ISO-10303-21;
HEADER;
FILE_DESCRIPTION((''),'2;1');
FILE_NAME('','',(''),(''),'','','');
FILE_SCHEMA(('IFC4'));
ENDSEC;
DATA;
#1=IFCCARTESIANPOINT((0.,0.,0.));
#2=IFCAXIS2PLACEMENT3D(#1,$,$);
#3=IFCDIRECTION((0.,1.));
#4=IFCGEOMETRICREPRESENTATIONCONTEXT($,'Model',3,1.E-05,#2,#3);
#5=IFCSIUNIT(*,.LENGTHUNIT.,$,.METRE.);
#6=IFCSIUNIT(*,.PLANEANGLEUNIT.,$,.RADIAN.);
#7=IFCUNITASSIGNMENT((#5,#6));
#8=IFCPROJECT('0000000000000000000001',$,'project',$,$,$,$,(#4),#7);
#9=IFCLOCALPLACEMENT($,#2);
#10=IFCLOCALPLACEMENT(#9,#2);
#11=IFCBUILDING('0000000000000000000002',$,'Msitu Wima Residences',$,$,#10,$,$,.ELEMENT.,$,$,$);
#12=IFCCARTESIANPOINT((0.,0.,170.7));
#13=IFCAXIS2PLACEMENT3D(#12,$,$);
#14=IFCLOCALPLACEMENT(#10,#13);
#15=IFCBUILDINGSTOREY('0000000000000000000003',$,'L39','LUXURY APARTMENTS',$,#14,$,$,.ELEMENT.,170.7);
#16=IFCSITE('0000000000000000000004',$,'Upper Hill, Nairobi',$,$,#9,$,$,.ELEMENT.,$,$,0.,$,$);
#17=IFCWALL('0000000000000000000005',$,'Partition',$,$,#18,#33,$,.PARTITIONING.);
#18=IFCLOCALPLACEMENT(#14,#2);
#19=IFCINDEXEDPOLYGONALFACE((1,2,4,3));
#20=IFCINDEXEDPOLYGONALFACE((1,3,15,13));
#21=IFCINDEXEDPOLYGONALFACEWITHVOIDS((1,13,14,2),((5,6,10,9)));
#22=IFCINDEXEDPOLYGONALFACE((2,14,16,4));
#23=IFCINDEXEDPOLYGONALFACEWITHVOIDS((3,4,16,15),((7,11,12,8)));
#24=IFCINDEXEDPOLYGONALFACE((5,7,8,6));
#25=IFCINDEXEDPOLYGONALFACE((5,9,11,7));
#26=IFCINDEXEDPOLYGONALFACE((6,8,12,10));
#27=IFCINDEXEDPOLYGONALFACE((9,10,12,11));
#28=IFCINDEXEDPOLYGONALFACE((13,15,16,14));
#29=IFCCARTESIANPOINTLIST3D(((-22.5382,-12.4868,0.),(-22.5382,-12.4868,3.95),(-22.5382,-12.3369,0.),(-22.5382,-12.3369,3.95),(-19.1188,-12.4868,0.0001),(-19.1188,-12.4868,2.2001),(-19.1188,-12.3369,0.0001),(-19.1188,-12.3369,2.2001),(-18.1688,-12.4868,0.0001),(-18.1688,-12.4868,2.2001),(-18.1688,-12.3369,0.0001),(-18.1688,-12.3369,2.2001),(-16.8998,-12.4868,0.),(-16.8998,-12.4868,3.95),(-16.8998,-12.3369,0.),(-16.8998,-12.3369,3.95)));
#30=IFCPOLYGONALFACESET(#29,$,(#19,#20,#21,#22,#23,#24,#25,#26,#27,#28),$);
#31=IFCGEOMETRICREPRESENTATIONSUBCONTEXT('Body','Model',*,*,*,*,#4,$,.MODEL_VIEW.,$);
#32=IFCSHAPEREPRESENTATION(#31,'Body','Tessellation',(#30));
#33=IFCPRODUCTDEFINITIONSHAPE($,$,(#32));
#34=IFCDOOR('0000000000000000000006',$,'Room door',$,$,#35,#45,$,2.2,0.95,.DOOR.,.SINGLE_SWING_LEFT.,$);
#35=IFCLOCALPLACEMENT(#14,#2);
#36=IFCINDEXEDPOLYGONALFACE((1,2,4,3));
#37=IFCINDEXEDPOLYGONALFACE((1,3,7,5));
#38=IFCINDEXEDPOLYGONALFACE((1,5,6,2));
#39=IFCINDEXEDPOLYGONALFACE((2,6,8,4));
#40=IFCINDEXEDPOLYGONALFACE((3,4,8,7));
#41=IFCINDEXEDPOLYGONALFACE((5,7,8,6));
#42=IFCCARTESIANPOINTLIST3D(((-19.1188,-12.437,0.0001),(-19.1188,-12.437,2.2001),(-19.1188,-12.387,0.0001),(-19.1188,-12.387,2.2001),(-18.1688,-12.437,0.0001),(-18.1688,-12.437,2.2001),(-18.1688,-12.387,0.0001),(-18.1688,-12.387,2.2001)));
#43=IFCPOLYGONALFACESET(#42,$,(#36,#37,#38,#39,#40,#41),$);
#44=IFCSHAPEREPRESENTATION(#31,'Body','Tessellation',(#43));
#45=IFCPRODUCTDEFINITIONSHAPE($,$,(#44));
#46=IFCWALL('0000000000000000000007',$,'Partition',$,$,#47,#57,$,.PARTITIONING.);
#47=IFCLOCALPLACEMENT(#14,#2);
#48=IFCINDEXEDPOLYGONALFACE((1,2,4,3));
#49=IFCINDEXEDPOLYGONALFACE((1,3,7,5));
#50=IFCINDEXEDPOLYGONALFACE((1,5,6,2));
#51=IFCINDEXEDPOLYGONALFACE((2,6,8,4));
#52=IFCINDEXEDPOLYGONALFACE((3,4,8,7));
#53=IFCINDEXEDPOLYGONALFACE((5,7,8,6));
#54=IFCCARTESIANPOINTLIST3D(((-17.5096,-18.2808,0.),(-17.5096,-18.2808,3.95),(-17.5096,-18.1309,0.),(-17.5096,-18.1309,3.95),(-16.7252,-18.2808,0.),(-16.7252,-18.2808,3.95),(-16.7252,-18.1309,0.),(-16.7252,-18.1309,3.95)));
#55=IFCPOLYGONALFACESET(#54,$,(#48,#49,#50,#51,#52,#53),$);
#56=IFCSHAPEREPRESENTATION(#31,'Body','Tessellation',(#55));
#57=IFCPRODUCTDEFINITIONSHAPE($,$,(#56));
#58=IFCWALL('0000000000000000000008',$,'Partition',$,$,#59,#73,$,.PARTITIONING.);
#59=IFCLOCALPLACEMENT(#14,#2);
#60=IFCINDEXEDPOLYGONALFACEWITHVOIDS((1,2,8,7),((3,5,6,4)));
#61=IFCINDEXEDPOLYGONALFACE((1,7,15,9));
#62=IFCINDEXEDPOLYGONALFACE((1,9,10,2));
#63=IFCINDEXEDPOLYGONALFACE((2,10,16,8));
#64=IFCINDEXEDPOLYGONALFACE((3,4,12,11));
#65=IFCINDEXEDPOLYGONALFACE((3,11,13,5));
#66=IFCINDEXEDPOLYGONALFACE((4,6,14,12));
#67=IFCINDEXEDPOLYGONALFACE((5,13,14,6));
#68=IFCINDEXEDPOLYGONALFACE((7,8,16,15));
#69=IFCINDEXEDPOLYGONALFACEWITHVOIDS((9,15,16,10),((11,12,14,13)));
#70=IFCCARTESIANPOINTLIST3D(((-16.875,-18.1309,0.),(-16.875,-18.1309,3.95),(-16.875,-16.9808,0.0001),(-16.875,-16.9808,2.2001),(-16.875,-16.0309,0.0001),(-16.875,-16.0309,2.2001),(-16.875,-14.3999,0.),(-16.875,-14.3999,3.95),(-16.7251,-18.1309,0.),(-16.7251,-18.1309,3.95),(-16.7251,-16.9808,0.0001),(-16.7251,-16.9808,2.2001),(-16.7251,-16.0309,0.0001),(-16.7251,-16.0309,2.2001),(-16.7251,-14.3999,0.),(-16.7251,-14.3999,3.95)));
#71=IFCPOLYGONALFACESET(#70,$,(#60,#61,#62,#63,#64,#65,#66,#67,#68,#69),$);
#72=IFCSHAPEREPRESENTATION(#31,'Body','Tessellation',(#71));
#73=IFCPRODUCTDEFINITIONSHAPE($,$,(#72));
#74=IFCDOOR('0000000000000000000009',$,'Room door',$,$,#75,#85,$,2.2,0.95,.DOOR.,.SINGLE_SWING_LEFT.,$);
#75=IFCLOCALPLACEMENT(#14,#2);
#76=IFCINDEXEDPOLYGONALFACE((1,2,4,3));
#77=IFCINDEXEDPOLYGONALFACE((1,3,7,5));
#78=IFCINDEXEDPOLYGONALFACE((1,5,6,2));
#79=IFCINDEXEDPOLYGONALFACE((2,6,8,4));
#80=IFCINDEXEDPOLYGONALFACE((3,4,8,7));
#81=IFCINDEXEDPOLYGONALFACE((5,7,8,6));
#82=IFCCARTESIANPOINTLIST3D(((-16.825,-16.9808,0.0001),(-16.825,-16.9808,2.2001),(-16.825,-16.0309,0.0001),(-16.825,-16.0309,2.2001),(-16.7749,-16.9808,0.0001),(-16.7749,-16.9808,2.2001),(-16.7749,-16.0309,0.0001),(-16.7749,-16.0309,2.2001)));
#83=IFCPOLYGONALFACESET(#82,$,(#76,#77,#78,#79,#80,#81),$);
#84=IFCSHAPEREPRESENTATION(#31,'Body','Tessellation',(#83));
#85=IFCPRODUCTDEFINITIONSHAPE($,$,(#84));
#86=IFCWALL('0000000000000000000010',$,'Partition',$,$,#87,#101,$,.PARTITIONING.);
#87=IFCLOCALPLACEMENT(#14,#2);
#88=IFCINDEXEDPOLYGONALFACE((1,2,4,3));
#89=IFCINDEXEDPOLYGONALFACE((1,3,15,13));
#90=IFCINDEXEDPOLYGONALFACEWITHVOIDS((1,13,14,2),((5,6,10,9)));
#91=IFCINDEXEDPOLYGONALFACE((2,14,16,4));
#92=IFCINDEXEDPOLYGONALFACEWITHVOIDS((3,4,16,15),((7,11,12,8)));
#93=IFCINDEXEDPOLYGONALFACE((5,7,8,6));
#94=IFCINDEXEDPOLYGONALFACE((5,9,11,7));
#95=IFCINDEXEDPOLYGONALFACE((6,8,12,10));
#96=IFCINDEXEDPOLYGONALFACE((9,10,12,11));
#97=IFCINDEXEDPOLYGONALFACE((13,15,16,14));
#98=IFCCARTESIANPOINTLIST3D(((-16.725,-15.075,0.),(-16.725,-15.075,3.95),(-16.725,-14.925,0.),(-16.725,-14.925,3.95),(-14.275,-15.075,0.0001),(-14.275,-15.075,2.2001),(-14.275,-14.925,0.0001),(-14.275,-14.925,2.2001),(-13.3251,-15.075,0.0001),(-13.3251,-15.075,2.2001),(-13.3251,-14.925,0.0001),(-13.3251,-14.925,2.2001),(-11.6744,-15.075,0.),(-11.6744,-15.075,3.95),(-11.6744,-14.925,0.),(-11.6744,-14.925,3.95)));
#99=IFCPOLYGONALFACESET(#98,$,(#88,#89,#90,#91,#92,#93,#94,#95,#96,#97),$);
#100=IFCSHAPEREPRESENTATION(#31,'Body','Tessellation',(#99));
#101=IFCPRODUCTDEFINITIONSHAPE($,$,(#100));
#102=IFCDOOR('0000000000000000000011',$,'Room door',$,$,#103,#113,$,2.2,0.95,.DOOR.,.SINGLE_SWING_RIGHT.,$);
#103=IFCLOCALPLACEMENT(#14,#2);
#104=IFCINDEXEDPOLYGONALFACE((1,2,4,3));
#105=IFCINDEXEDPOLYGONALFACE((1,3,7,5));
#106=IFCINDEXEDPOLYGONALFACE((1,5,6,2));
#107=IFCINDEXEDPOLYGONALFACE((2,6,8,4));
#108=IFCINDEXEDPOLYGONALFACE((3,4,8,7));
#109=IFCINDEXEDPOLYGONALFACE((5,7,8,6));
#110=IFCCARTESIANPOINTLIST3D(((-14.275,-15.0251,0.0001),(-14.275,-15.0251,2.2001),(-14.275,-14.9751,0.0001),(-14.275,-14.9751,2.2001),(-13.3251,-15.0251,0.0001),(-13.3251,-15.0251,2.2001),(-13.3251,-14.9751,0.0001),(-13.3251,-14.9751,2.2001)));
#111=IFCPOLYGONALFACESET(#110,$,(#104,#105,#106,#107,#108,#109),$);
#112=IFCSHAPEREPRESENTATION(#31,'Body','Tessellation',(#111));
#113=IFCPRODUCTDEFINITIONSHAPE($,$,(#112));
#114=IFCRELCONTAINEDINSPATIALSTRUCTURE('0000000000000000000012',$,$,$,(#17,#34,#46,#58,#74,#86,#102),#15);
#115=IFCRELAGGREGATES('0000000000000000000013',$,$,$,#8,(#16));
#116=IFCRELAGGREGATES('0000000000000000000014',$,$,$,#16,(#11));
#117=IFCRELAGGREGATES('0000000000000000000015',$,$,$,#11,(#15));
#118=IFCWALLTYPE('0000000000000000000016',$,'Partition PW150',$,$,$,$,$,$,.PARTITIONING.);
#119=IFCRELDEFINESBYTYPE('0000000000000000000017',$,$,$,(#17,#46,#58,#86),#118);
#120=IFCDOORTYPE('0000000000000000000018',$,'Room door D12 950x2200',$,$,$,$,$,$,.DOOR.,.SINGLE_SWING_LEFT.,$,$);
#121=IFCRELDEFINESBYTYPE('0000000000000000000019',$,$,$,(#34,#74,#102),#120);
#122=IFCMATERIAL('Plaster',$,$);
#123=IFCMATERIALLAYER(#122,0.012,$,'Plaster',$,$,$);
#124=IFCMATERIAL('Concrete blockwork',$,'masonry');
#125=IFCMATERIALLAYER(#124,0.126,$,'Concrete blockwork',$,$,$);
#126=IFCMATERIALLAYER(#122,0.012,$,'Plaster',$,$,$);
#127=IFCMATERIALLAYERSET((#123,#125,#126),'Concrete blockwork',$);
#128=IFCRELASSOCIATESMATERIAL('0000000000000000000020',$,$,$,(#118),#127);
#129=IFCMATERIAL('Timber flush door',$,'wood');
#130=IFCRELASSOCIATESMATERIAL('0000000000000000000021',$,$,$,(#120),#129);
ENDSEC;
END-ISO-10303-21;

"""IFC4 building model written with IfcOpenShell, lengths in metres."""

from ifc_helpers import new_model, si_unit, direction, frame, frame_2d, origin, place, context, subcontext, project, spatial, rectangle, extrude, material, layer, layer_set, type_object, element, fill, save


model = new_model("IFC4")

# Units and contexts
model_context = context("Model", 3, precision=1e-05, world=origin(), true_north=direction((0.0, 1.0)))
body_context = subcontext(model_context, "Body", "Model", "MODEL_VIEW")
ifc_project = project(units=[si_unit("LENGTHUNIT", "METRE"), si_unit("PLANEANGLEUNIT", "RADIAN")], contexts=[model_context])

# Site, building, storey
site_placement = place(None, origin())
site = spatial("IfcSite", under=ifc_project, at=site_placement, Name="Upper Hill, Nairobi", CompositionType="ELEMENT", RefElevation=0.0)
building_placement = place(site_placement, origin())
building = spatial("IfcBuilding", under=site, at=building_placement, Name="Msitu Wima Residences", CompositionType="ELEMENT")
storey_placement = place(building_placement, frame((0.0, 0.0, 170.7)))
storey = spatial("IfcBuildingStorey", under=building, at=storey_placement, Name="L39", Description="LUXURY APARTMENTS", CompositionType="ELEMENT", Elevation=170.7)

# Shared definitions
ifc_material_1 = material(Name="Plaster")
ifc_material_2 = material(Name="Concrete blockwork", Category="masonry")

# Shared definitions
ifc_layer_1 = layer(ifc_material_1, 0.012, Name="Plaster")
ifc_layer_2 = layer(ifc_material_2, 0.126, Name="Concrete blockwork")
ifc_layer_3 = layer(ifc_material_1, 0.012, Name="Plaster")
ifc_layer_set_1 = layer_set([ifc_layer_1, ifc_layer_2, ifc_layer_3], Name="Concrete blockwork")
wall_type_1 = type_object("IfcWallType", Name="Partition PW150", PredefinedType="PARTITIONING", material=ifc_layer_set_1)

# Wall, opening, door
wall_1_placement = place(storey_placement, frame((-22.5383, -12.4119, 0.0), z_axis=(0.0, 0.0, 1.0), x_axis=(1.0, 0.0, 0.0)))
wall_1 = element("IfcWall", 1, at=wall_1_placement, inside=storey, type_object=wall_type_1, Name="Partition", PredefinedType="PARTITIONING", context=body_context, shape_type="SweptSolid", body=[
    extrude(rectangle(XDim=5.6384, YDim=0.1499, at=frame_2d((2.8193, 0.0))), origin(), (0.0, 0.0, 1.0), 3.95),
])
opening_1_placement = place(wall_1_placement, frame((3.4194, 0.0, 0.0)))
opening_1 = element("IfcOpeningElement", 2, at=opening_1_placement, cuts=wall_1, PredefinedType="OPENING", context=body_context, shape_type="SweptSolid", body=[
    extrude(rectangle(XDim=0.95, YDim=2.2, at=frame_2d((0.4751, 1.1001))), frame((0.0, 0.085, 0.0), z_axis=(0.0, -1.0, 0.0), x_axis=(1.0, 0.0, 0.0)), (0.0, 0.0, 1.0), 0.1699),
])
ifc_material_3 = material(Name="Timber flush door", Category="wood")
door_type_1 = type_object("IfcDoorType", Name="Room door D12 950x2200", OperationType="SINGLE_SWING_LEFT", PredefinedType="DOOR", material=ifc_material_3)
door_1_placement = place(opening_1_placement, origin())
door_1 = element("IfcDoor", 3, at=door_1_placement, inside=storey, type_object=door_type_1, Name="Room door", OperationType="SINGLE_SWING_LEFT", OverallHeight=2.2, OverallWidth=0.95, PredefinedType="DOOR", context=body_context, shape_type="SweptSolid", body=[
    extrude(rectangle(XDim=0.95, YDim=2.2, at=frame_2d((0.4751, 1.1001))), frame((0.0, 0.0249, 0.0), z_axis=(0.0, -1.0, 0.0), x_axis=(1.0, 0.0, 0.0)), (0.0, 0.0, 1.0), 0.05),
])
fill(opening_1, door_1)

# Wall
wall_2_placement = place(storey_placement, frame((-17.5095, -18.2058, 0.0), z_axis=(0.0, 0.0, 1.0), x_axis=(1.0, 0.0, 0.0)))
element("IfcWall", 4, at=wall_2_placement, inside=storey, type_object=wall_type_1, Name="Partition", PredefinedType="PARTITIONING", context=body_context, shape_type="SweptSolid", body=[
    extrude(rectangle(XDim=0.7844, YDim=0.1499, at=frame_2d((0.3921, 0.0))), origin(), (0.0, 0.0, 1.0), 3.95),
])

# Walls, openings, doors
wall_3_placement = place(storey_placement, frame((-16.8, -18.1309, 0.0), z_axis=(0.0, 0.0, 1.0), x_axis=(0.0, 1.0, 0.0)))
wall_3 = element("IfcWall", 5, at=wall_3_placement, inside=storey, type_object=wall_type_1, Name="Partition", PredefinedType="PARTITIONING", context=body_context, shape_type="SweptSolid", body=[
    extrude(rectangle(XDim=3.731, YDim=0.1499, at=frame_2d((1.8655, 0.0))), origin(), (0.0, 0.0, 1.0), 3.95),
])
opening_2_placement = place(wall_3_placement, frame((1.1499, 0.0, 0.0)))
opening_2 = element("IfcOpeningElement", 6, at=opening_2_placement, cuts=wall_3, PredefinedType="OPENING", context=body_context, shape_type="SweptSolid", body=[
    extrude(rectangle(XDim=0.95, YDim=2.2, at=frame_2d((0.4751, 1.1001))), frame((0.0, 0.085, 0.0), z_axis=(0.0, -1.0, 0.0), x_axis=(1.0, 0.0, 0.0)), (0.0, 0.0, 1.0), 0.1699),
])
door_2_placement = place(opening_2_placement, origin())
door_2 = element("IfcDoor", 7, at=door_2_placement, inside=storey, type_object=door_type_1, Name="Room door", OperationType="SINGLE_SWING_LEFT", OverallHeight=2.2, OverallWidth=0.95, PredefinedType="DOOR", context=body_context, shape_type="SweptSolid", body=[
    extrude(rectangle(XDim=0.95, YDim=2.2, at=frame_2d((0.4751, 1.1001))), frame((0.0, 0.0249, 0.0), z_axis=(0.0, -1.0, 0.0), x_axis=(1.0, 0.0, 0.0)), (0.0, 0.0, 1.0), 0.05),
])
fill(opening_2, door_2)
wall_4_placement = place(storey_placement, frame((-16.7251, -15.0, 0.0), z_axis=(0.0, 0.0, 1.0), x_axis=(1.0, 0.0, 0.0)))
wall_4 = element("IfcWall", 8, at=wall_4_placement, inside=storey, type_object=wall_type_1, Name="Partition", PredefinedType="PARTITIONING", context=body_context, shape_type="SweptSolid", body=[
    extrude(rectangle(XDim=5.0505, YDim=0.1499, at=frame_2d((2.5254, 0.0))), origin(), (0.0, 0.0, 1.0), 3.95),
])
opening_3_placement = place(wall_4_placement, frame((2.45, 0.0, 0.0)))
opening_3 = element("IfcOpeningElement", 9, at=opening_3_placement, cuts=wall_4, PredefinedType="OPENING", context=body_context, shape_type="SweptSolid", body=[
    extrude(rectangle(XDim=0.95, YDim=2.2, at=frame_2d((0.4751, 1.1001))), frame((0.0, 0.085, 0.0), z_axis=(0.0, -1.0, 0.0), x_axis=(1.0, 0.0, 0.0)), (0.0, 0.0, 1.0), 0.1699),
])
door_3_placement = place(opening_3_placement, origin())
door_3 = element("IfcDoor", 10, at=door_3_placement, inside=storey, type_object=door_type_1, Name="Room door", OperationType="SINGLE_SWING_RIGHT", OverallHeight=2.2, OverallWidth=0.95, PredefinedType="DOOR", context=body_context, shape_type="SweptSolid", body=[
    extrude(rectangle(XDim=0.95, YDim=2.2, at=frame_2d((0.4751, 1.1001))), frame((0.0, 0.0249, 0.0), z_axis=(0.0, -1.0, 0.0), x_axis=(1.0, 0.0, 0.0)), (0.0, 0.0, 1.0), 0.05),
])
fill(opening_3, door_3)

save(model, "model.ifc")
